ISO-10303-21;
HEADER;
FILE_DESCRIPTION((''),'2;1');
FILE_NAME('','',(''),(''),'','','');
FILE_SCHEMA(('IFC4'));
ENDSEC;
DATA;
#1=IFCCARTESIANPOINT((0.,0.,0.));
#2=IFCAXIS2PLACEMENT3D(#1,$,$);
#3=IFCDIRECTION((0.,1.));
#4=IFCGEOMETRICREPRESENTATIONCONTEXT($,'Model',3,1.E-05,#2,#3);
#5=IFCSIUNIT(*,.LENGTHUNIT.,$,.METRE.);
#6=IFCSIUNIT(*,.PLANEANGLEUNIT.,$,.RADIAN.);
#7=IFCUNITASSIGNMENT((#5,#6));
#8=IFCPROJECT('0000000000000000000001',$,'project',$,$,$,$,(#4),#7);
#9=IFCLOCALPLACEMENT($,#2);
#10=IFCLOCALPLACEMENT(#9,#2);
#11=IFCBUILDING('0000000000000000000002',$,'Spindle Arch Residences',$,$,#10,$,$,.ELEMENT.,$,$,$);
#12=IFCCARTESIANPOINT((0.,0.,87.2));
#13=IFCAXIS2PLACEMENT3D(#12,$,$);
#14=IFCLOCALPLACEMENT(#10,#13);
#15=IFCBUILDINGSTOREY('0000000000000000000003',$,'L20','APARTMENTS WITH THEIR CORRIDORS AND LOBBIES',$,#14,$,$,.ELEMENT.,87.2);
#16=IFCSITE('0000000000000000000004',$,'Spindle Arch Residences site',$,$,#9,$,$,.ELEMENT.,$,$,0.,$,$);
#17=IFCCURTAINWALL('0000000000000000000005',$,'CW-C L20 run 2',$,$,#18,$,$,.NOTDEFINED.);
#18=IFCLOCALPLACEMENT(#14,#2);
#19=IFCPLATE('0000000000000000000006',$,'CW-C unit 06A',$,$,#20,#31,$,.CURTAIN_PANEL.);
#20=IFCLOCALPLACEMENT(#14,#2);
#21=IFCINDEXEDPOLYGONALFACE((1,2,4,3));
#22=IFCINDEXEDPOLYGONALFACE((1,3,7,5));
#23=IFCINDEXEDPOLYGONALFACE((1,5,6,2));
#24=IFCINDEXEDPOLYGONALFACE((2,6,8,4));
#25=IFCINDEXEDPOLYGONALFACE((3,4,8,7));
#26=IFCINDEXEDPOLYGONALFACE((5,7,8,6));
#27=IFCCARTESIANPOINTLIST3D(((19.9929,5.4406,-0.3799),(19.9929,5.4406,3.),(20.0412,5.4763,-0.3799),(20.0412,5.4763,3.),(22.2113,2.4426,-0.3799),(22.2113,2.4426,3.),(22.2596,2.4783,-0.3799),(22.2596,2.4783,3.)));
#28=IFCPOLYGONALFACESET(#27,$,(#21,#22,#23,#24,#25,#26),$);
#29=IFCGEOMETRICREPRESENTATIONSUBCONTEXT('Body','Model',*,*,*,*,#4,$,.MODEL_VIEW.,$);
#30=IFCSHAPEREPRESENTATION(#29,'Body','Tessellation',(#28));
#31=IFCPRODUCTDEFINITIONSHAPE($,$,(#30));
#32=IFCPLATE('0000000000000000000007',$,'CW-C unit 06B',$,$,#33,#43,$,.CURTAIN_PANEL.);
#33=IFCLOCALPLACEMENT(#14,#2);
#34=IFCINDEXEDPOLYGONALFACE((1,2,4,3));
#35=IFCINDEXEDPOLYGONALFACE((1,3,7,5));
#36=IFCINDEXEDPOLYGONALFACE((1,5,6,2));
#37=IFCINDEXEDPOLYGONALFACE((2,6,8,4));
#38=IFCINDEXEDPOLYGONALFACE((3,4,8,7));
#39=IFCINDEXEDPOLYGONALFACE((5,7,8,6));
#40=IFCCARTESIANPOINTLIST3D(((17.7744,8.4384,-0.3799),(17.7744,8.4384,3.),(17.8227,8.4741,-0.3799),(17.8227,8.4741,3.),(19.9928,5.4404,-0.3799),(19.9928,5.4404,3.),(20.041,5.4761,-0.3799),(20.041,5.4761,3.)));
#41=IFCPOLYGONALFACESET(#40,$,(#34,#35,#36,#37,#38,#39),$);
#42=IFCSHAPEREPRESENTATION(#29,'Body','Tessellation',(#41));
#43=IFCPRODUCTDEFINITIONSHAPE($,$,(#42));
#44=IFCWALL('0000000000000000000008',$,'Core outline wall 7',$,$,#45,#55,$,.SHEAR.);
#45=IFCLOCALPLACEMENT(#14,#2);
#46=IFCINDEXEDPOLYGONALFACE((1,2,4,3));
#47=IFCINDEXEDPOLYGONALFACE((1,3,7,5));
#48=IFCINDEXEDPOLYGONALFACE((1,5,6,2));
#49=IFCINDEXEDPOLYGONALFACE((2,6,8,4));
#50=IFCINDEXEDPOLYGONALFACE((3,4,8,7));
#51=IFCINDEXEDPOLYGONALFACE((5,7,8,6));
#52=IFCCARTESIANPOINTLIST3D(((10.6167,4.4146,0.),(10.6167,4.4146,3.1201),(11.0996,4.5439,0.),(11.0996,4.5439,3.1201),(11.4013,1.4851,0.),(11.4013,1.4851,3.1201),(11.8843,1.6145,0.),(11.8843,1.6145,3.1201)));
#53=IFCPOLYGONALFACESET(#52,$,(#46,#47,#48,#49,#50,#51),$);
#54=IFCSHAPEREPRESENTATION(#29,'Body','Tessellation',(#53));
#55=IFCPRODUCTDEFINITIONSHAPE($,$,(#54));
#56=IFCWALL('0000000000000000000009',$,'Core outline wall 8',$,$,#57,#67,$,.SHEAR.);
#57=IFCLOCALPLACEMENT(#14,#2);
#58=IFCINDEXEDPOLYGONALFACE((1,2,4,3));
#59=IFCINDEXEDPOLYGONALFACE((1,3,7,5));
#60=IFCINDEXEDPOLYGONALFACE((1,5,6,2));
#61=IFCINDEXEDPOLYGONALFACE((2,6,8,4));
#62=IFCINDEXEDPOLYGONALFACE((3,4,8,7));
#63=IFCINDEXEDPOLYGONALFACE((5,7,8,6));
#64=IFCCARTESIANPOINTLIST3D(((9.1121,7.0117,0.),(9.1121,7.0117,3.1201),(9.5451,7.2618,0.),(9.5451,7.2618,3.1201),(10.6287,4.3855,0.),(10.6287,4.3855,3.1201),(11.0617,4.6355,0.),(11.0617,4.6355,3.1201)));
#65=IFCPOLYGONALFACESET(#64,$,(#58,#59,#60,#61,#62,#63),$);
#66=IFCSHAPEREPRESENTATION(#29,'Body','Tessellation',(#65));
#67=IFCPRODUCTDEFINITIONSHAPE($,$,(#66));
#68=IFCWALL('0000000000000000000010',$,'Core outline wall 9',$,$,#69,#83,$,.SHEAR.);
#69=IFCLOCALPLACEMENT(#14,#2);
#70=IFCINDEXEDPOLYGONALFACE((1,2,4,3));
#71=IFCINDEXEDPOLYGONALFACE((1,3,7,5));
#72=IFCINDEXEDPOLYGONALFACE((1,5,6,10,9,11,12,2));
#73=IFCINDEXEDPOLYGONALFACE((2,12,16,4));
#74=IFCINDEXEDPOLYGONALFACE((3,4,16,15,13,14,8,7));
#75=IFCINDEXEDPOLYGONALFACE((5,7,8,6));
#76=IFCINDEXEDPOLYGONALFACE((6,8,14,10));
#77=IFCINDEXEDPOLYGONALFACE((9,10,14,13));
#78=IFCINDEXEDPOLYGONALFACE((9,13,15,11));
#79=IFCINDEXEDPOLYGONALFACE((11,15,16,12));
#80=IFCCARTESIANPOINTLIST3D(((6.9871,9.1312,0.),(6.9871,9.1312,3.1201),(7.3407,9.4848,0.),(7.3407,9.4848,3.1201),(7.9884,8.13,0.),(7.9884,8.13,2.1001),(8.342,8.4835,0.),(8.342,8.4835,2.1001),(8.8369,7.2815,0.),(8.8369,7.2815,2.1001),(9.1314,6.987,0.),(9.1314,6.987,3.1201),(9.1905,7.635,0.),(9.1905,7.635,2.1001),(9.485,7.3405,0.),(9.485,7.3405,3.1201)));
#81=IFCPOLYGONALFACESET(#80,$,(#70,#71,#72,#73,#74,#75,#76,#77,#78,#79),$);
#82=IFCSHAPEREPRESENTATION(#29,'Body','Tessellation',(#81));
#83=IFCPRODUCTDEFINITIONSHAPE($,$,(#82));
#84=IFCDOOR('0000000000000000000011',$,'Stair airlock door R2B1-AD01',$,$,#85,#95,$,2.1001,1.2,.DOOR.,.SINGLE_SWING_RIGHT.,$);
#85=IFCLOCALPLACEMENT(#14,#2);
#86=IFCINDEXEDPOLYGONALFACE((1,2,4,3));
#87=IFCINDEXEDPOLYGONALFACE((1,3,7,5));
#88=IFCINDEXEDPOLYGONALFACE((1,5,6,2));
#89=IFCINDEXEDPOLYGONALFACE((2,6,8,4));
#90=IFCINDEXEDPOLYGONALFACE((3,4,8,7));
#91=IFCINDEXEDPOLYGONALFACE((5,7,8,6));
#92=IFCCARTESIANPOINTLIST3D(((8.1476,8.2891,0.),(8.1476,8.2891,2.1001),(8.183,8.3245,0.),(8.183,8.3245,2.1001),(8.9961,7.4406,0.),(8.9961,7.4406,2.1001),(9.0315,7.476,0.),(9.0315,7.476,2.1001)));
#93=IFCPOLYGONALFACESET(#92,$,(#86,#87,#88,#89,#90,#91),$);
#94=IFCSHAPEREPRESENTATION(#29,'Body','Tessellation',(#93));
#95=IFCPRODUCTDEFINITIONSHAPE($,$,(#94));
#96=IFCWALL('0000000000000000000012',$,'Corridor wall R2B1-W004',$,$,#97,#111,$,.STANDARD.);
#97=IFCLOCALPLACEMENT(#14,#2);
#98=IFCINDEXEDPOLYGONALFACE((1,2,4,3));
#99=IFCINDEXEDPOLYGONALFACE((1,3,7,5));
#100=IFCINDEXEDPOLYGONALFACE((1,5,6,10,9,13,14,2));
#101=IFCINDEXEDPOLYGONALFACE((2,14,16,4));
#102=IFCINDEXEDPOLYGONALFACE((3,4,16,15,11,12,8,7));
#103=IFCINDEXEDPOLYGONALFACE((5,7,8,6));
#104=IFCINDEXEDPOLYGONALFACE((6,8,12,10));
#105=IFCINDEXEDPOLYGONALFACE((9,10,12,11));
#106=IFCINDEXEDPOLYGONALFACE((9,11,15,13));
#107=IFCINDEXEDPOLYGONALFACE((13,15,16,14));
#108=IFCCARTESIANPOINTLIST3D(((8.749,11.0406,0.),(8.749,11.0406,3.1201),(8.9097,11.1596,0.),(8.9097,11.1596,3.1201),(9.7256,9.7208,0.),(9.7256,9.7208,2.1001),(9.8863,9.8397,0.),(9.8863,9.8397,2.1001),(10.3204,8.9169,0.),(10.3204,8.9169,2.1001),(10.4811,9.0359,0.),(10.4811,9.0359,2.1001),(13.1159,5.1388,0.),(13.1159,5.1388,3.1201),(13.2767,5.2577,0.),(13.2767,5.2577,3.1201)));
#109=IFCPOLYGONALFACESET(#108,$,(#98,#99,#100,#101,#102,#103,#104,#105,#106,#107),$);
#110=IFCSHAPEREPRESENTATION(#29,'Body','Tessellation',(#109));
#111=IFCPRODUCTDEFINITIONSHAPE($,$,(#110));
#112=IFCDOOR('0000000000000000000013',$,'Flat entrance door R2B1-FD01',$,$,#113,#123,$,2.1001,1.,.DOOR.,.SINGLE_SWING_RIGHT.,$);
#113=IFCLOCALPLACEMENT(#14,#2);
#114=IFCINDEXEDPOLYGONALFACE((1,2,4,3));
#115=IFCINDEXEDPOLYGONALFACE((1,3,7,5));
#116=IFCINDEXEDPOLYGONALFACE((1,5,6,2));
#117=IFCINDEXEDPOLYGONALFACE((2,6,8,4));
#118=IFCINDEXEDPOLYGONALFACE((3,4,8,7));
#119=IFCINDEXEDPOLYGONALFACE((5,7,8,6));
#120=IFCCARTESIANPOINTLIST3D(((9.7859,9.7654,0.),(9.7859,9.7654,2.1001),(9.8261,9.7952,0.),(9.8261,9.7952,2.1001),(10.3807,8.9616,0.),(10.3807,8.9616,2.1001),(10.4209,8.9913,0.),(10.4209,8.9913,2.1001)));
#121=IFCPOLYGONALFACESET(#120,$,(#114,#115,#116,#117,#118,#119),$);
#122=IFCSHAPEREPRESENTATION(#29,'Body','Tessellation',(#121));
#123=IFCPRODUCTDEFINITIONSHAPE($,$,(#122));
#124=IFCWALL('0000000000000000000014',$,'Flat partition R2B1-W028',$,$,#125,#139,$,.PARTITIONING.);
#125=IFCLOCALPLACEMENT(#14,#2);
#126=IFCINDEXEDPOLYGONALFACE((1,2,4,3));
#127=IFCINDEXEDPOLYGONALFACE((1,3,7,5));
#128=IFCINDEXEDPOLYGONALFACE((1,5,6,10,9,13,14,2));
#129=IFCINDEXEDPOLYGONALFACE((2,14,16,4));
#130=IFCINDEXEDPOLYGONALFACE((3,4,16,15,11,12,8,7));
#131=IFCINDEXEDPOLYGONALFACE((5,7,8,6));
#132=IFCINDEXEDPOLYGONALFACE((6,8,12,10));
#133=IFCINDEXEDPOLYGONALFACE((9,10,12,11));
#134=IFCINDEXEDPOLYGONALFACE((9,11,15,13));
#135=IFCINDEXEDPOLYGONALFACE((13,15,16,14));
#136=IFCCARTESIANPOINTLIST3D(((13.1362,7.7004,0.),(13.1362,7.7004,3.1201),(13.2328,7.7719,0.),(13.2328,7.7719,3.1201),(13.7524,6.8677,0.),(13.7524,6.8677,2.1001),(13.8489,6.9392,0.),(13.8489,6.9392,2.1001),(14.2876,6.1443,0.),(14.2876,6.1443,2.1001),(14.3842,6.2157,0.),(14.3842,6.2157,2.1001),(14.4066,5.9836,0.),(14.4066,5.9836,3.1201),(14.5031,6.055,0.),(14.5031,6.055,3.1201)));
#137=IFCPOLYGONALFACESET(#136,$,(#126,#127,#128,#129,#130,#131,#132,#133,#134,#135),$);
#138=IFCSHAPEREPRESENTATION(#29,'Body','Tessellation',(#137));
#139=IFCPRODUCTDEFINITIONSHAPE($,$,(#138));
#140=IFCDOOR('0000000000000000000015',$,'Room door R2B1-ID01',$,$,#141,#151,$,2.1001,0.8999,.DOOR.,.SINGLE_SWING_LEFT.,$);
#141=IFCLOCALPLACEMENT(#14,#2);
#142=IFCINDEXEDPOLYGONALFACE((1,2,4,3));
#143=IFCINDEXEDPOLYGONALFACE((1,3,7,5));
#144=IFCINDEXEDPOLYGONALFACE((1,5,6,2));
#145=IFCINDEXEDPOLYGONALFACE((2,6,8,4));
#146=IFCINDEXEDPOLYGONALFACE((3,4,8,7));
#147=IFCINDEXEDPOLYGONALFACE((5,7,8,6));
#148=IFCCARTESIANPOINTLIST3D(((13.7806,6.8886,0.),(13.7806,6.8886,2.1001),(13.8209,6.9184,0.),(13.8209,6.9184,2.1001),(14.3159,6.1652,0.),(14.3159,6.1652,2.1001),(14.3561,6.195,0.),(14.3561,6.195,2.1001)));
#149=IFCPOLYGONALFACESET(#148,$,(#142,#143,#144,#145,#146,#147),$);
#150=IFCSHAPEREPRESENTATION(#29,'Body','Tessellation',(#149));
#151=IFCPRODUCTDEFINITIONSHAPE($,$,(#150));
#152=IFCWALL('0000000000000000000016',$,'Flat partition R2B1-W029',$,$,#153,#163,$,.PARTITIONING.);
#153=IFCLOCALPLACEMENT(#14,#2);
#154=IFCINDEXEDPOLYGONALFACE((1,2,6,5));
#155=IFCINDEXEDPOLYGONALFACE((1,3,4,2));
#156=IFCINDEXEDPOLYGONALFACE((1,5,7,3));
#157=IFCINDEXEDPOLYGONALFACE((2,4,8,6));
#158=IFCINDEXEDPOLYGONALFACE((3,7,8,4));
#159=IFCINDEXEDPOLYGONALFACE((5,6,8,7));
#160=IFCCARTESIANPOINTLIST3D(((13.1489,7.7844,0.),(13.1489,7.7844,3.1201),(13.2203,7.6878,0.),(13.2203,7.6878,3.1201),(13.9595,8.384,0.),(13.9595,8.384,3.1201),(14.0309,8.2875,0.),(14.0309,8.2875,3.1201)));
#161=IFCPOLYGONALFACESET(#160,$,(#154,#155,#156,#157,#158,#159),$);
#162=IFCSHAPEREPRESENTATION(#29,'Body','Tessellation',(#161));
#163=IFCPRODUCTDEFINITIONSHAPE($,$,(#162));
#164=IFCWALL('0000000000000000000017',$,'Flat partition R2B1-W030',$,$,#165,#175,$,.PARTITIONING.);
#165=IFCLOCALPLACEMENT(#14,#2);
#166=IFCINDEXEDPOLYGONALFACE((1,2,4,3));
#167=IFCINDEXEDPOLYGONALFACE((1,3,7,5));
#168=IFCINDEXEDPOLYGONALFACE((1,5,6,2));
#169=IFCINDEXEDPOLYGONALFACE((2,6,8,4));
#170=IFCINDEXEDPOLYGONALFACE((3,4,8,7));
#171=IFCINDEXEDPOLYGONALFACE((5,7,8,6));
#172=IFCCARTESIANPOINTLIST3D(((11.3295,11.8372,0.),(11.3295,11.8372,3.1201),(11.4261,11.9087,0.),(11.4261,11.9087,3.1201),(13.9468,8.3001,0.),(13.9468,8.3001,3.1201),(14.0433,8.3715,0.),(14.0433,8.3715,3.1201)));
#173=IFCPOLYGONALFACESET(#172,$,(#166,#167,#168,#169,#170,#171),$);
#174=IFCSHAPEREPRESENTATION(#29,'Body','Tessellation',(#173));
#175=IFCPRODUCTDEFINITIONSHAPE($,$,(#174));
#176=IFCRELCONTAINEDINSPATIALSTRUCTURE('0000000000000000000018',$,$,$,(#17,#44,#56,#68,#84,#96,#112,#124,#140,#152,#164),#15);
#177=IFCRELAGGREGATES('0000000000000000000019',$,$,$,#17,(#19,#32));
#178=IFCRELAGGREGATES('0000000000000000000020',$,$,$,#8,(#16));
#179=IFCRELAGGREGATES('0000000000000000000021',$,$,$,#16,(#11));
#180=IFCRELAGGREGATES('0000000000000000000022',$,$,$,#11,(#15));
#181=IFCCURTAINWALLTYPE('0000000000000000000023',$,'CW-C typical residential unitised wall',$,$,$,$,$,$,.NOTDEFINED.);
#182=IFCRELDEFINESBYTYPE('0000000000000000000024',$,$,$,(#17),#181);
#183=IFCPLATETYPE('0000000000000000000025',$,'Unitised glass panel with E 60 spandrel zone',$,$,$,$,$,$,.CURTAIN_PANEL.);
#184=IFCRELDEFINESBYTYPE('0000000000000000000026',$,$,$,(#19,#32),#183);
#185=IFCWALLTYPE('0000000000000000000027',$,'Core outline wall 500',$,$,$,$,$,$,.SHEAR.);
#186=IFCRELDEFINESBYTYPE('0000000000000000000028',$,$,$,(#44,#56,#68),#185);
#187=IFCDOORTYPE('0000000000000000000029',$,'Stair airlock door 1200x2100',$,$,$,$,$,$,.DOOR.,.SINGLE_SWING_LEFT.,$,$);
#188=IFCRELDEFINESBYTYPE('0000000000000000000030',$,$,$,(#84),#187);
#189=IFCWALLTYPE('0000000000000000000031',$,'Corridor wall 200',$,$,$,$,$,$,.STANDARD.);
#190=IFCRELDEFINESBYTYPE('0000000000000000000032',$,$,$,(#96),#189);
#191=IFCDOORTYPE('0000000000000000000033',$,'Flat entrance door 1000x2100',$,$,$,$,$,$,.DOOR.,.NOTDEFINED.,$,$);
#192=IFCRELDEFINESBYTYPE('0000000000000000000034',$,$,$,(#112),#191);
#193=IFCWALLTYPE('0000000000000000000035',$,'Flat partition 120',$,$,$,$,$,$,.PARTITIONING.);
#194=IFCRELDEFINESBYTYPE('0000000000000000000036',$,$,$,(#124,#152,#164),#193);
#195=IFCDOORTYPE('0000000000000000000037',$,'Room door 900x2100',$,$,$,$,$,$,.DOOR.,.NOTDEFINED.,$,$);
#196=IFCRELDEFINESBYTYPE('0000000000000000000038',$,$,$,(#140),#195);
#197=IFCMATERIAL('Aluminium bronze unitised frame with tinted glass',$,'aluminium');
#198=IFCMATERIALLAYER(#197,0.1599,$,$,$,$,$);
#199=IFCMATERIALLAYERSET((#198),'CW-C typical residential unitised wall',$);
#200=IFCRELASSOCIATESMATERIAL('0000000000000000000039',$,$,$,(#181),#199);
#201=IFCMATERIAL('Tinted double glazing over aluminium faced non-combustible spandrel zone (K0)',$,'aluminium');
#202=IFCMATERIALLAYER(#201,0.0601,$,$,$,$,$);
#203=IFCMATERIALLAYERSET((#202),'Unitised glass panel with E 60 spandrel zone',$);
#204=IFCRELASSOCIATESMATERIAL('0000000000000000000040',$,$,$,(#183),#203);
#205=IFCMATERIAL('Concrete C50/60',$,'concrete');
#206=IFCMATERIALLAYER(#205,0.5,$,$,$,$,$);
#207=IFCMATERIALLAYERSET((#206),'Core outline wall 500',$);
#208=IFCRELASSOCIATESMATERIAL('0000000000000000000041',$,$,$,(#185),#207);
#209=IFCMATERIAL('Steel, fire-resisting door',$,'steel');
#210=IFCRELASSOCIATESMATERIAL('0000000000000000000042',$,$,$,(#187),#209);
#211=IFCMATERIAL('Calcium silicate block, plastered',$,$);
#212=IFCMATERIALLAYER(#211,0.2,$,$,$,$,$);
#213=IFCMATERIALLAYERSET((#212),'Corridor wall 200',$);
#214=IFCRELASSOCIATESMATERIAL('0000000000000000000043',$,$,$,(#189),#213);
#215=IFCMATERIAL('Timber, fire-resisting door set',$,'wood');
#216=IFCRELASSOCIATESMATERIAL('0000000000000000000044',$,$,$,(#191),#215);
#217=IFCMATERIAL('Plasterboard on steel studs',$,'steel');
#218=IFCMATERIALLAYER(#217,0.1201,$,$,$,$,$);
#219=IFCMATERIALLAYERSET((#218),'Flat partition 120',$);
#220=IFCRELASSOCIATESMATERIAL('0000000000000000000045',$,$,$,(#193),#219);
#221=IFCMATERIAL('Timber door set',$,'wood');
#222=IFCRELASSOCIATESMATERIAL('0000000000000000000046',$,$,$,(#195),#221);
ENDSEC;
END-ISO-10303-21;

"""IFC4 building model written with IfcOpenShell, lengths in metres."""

from ifc_helpers import new_model, si_unit, direction, frame, frame_2d, origin, origin_2d, place, context, subcontext, project, spatial, rectangle, extrude, material, layer, layer_set, type_object, element, fill, aggregate, save


model = new_model("IFC4")

# Units and contexts
model_context = context("Model", 3, precision=1e-05, world=origin(), true_north=direction((0.0, 1.0)))
body_context = subcontext(model_context, "Body", "Model", "MODEL_VIEW")
ifc_project = project(units=[si_unit("LENGTHUNIT", "METRE"), si_unit("PLANEANGLEUNIT", "RADIAN")], contexts=[model_context])

# Site, building, storey
site_placement = place(None, origin())
site = spatial("IfcSite", under=ifc_project, at=site_placement, Name="Spindle Arch Residences site", CompositionType="ELEMENT", RefElevation=0.0)
building_placement = place(site_placement, origin())
building = spatial("IfcBuilding", under=site, at=building_placement, Name="Spindle Arch Residences", CompositionType="ELEMENT")
storey_placement = place(building_placement, frame((0.0, 0.0, 87.2)))
storey = spatial("IfcBuildingStorey", under=building, at=storey_placement, Name="L20", Description="APARTMENTS WITH THEIR CORRIDORS AND LOBBIES", CompositionType="ELEMENT", Elevation=87.2)

# Curtain wall
ifc_material_1 = material(Name="Aluminium bronze unitised frame with tinted glass", Category="aluminium")
ifc_layer_1 = layer(ifc_material_1, 0.1599)
ifc_layer_set_1 = layer_set([ifc_layer_1], Name="CW-C typical residential unitised wall")
curtain_wall_type = type_object("IfcCurtainWallType", Name="CW-C typical residential unitised wall", PredefinedType="NOTDEFINED", material=ifc_layer_set_1)
curtain_wall_placement = place(storey_placement, origin())
curtain_wall = element("IfcCurtainWall", 1, at=curtain_wall_placement, inside=storey, type_object=curtain_wall_type, Name="CW-C L20 run 2", PredefinedType="NOTDEFINED")

# Plates
ifc_material_2 = material(Name="Tinted double glazing over aluminium faced non-combustible spandrel zone (K0)", Category="aluminium")
ifc_layer_2 = layer(ifc_material_2, 0.0601)
ifc_layer_set_2 = layer_set([ifc_layer_2], Name="Unitised glass panel with E 60 spandrel zone")
plate_type = type_object("IfcPlateType", Name="Unitised glass panel with E 60 spandrel zone", PredefinedType="CURTAIN_PANEL", material=ifc_layer_set_2)
plate_1_placement = place(storey_placement, frame((21.1262, 3.9595, -0.3799), z_axis=(0.0, 0.0, 1.0), x_axis=(-0.594823, 0.803857, 0.0)))
plate_1 = element("IfcPlate", 2, at=plate_1_placement, type_object=plate_type, Name="CW-C unit 06A", PredefinedType="CURTAIN_PANEL", context=body_context, shape_type="SweptSolid", body=[
    extrude(rectangle(XDim=3.7295, YDim=0.0601, at=origin_2d()), origin(), (0.0, 0.0, 1.0), 3.3799),
])
plate_2_placement = place(storey_placement, frame((18.9077, 6.9573, -0.3799), z_axis=(0.0, 0.0, 1.0), x_axis=(-0.594823, 0.803857, 0.0)))
plate_2 = element("IfcPlate", 3, at=plate_2_placement, type_object=plate_type, Name="CW-C unit 06B", PredefinedType="CURTAIN_PANEL", context=body_context, shape_type="SweptSolid", body=[
    extrude(rectangle(XDim=3.7295, YDim=0.0601, at=origin_2d()), origin(), (0.0, 0.0, 1.0), 3.3799),
])
aggregate(curtain_wall, [plate_1, plate_2])

# Walls
ifc_material_3 = material(Name="Concrete C50/60", Category="concrete")
ifc_layer_3 = layer(ifc_material_3, 0.5)
ifc_layer_set_3 = layer_set([ifc_layer_3], Name="Core outline wall 500")
wall_type_1 = type_object("IfcWallType", Name="Core outline wall 500", PredefinedType="SHEAR", material=ifc_layer_set_3)
for number, where, z_axis, x_axis, name in (
    (4, (11.6428, 1.5498, 0.0), (0.0, 0.0, 1.0), (-0.258735, 0.965948, 0.0), "Core outline wall 7"),
    (5, (10.8452, 4.5105, 0.0), (0.0, 0.0, 1.0), (-0.500087, 0.865975, 0.0), "Core outline wall 8"),
):
    element("IfcWall", number, at=place(storey_placement, frame(where, z_axis=z_axis, x_axis=x_axis)), inside=storey, type_object=wall_type_1, Name=name, PredefinedType="SHEAR", context=body_context, shape_type="SweptSolid", body=[
        extrude(rectangle(XDim=3.0327, YDim=0.5, at=frame_2d((1.5164, 0.0))), origin(), (0.0, 0.0, 1.0), 3.1201),
    ])

# Walls, openings, doors
wall_1_placement = place(storey_placement, frame((9.3081, 7.1638, 0.0), z_axis=(0.0, 0.0, 1.0), x_axis=(-0.707107, 0.707107, 0.0)))
wall_1 = element("IfcWall", 6, at=wall_1_placement, inside=storey, type_object=wall_type_1, Name="Core outline wall 9", PredefinedType="SHEAR", context=body_context, shape_type="SweptSolid", body=[
    extrude(rectangle(XDim=3.0325, YDim=0.5, at=frame_2d((1.5161, 0.0))), origin(), (0.0, 0.0, 1.0), 3.1201),
])
opening_1_placement = place(wall_1_placement, frame((0.4163, 0.0, 0.0)))
opening_1 = element("IfcOpeningElement", 7, at=opening_1_placement, cuts=wall_1, PredefinedType="OPENING", context=body_context, shape_type="SweptSolid", body=[
    extrude(rectangle(XDim=1.2, YDim=2.1001, at=frame_2d((0.6001, 1.05))), frame((0.0, 0.26, 0.0), z_axis=(0.0, -1.0, 0.0), x_axis=(1.0, 0.0, 0.0)), (0.0, 0.0, 1.0), 0.52),
])
ifc_material_4 = material(Name="Steel, fire-resisting door", Category="steel")
door_type_1 = type_object("IfcDoorType", Name="Stair airlock door 1200x2100", OperationType="SINGLE_SWING_LEFT", PredefinedType="DOOR", material=ifc_material_4)
door_1_placement = place(opening_1_placement, origin())
door_1 = element("IfcDoor", 8, at=door_1_placement, inside=storey, type_object=door_type_1, Name="Stair airlock door R2B1-AD01", OperationType="SINGLE_SWING_RIGHT", OverallHeight=2.1001, OverallWidth=1.2, PredefinedType="DOOR", context=body_context, shape_type="SweptSolid", body=[
    extrude(rectangle(XDim=1.2, YDim=2.1001, at=frame_2d((0.6001, 1.05))), frame((0.0, 0.0249, 0.0), z_axis=(0.0, -1.0, 0.0), x_axis=(1.0, 0.0, 0.0)), (0.0, 0.0, 1.0), 0.05),
])
fill(opening_1, door_1)
ifc_material_5 = material(Name="Calcium silicate block, plastered")
ifc_layer_4 = layer(ifc_material_5, 0.2)
ifc_layer_set_4 = layer_set([ifc_layer_4], Name="Corridor wall 200")
wall_type_2 = type_object("IfcWallType", Name="Corridor wall 200", PredefinedType="STANDARD", material=ifc_layer_set_4)
wall_2_placement = place(storey_placement, frame((13.1963, 5.1982, 0.0), z_axis=(0.0, 0.0, 1.0), x_axis=(-0.594805, 0.80387, 0.0)))
wall_2 = element("IfcWall", 9, at=wall_2_placement, inside=storey, type_object=wall_type_2, Name="Corridor wall R2B1-W004", PredefinedType="STANDARD", context=body_context, shape_type="SweptSolid", body=[
    extrude(rectangle(XDim=7.3418, YDim=0.2, at=frame_2d((3.6709, 0.0))), origin(), (0.0, 0.0, 1.0), 3.1201),
])
opening_2_placement = place(wall_2_placement, frame((4.7, 0.0, 0.0)))
opening_2 = element("IfcOpeningElement", 10, at=opening_2_placement, cuts=wall_2, PredefinedType="OPENING", context=body_context, shape_type="SweptSolid", body=[
    extrude(rectangle(XDim=1.0, YDim=2.1001, at=frame_2d((0.5, 1.05))), frame((0.0, 0.1099, 0.0), z_axis=(0.0, -1.0, 0.0), x_axis=(1.0, 0.0, 0.0)), (0.0, 0.0, 1.0), 0.22),
])
ifc_material_6 = material(Name="Timber, fire-resisting door set", Category="wood")
door_type_2 = type_object("IfcDoorType", Name="Flat entrance door 1000x2100", OperationType="NOTDEFINED", PredefinedType="DOOR", material=ifc_material_6)
door_2_placement = place(opening_2_placement, origin())
door_2 = element("IfcDoor", 11, at=door_2_placement, inside=storey, type_object=door_type_2, Name="Flat entrance door R2B1-FD01", OperationType="SINGLE_SWING_RIGHT", OverallHeight=2.1001, OverallWidth=1.0, PredefinedType="DOOR", context=body_context, shape_type="SweptSolid", body=[
    extrude(rectangle(XDim=1.0, YDim=2.1001, at=frame_2d((0.5, 1.05))), frame((0.0, 0.0249, 0.0), z_axis=(0.0, -1.0, 0.0), x_axis=(1.0, 0.0, 0.0)), (0.0, 0.0, 1.0), 0.05),
])
fill(opening_2, door_2)
ifc_material_7 = material(Name="Plasterboard on steel studs", Category="steel")
ifc_layer_5 = layer(ifc_material_7, 0.1201)
ifc_layer_set_5 = layer_set([ifc_layer_5], Name="Flat partition 120")
wall_type_3 = type_object("IfcWallType", Name="Flat partition 120", PredefinedType="PARTITIONING", material=ifc_layer_set_5)
wall_3_placement = place(storey_placement, frame((14.4548, 6.0193, 0.0), z_axis=(0.0, 0.0, 1.0), x_axis=(-0.594793, 0.803879, 0.0)))
wall_3 = element("IfcWall", 12, at=wall_3_placement, inside=storey, type_object=wall_type_3, Name="Flat partition R2B1-W028", PredefinedType="PARTITIONING", context=body_context, shape_type="SweptSolid", body=[
    extrude(rectangle(XDim=2.1357, YDim=0.1201, at=frame_2d((1.0679, 0.0))), origin(), (0.0, 0.0, 1.0), 3.1201),
])
opening_3_placement = place(wall_3_placement, frame((0.2, 0.0, 0.0)))
opening_3 = element("IfcOpeningElement", 13, at=opening_3_placement, cuts=wall_3, PredefinedType="OPENING", context=body_context, shape_type="SweptSolid", body=[
    extrude(rectangle(XDim=0.8999, YDim=2.1001, at=frame_2d((0.45, 1.05))), frame((0.0, 0.0701, 0.0), z_axis=(0.0, -1.0, 0.0), x_axis=(1.0, 0.0, 0.0)), (0.0, 0.0, 1.0), 0.1401),
])
ifc_material_8 = material(Name="Timber door set", Category="wood")
door_type_3 = type_object("IfcDoorType", Name="Room door 900x2100", OperationType="NOTDEFINED", PredefinedType="DOOR", material=ifc_material_8)
door_3_placement = place(opening_3_placement, origin())
door_3 = element("IfcDoor", 14, at=door_3_placement, inside=storey, type_object=door_type_3, Name="Room door R2B1-ID01", OperationType="SINGLE_SWING_LEFT", OverallHeight=2.1001, OverallWidth=0.8999, PredefinedType="DOOR", context=body_context, shape_type="SweptSolid", body=[
    extrude(rectangle(XDim=0.8999, YDim=2.1001, at=frame_2d((0.45, 1.05))), frame((0.0, 0.0249, 0.0), z_axis=(0.0, -1.0, 0.0), x_axis=(1.0, 0.0, 0.0)), (0.0, 0.0, 1.0), 0.05),
])
fill(opening_3, door_3)

# Walls
wall_4_placement = place(storey_placement, frame((13.1846, 7.7361, 0.0), z_axis=(0.0, 0.0, 1.0), x_axis=(0.803935, 0.594718, 0.0)))
element("IfcWall", 15, at=wall_4_placement, inside=storey, type_object=wall_type_3, Name="Flat partition R2B1-W029", PredefinedType="PARTITIONING", context=body_context, shape_type="SweptSolid", body=[
    extrude(rectangle(XDim=1.0083, YDim=0.1201, at=frame_2d((0.5042, 0.0))), origin(), (0.0, 0.0, 1.0), 3.1201),
])
wall_5_placement = place(storey_placement, frame((13.9951, 8.3357, 0.0), z_axis=(0.0, 0.0, 1.0), x_axis=(-0.594803, 0.803872, 0.0)))
element("IfcWall", 16, at=wall_5_placement, inside=storey, type_object=wall_type_3, Name="Flat partition R2B1-W030", PredefinedType="PARTITIONING", context=body_context, shape_type="SweptSolid", body=[
    extrude(rectangle(XDim=4.4001, YDim=0.1201, at=frame_2d((2.2002, 0.0))), origin(), (0.0, 0.0, 1.0), 3.1201),
])

save(model, "model.ifc")
